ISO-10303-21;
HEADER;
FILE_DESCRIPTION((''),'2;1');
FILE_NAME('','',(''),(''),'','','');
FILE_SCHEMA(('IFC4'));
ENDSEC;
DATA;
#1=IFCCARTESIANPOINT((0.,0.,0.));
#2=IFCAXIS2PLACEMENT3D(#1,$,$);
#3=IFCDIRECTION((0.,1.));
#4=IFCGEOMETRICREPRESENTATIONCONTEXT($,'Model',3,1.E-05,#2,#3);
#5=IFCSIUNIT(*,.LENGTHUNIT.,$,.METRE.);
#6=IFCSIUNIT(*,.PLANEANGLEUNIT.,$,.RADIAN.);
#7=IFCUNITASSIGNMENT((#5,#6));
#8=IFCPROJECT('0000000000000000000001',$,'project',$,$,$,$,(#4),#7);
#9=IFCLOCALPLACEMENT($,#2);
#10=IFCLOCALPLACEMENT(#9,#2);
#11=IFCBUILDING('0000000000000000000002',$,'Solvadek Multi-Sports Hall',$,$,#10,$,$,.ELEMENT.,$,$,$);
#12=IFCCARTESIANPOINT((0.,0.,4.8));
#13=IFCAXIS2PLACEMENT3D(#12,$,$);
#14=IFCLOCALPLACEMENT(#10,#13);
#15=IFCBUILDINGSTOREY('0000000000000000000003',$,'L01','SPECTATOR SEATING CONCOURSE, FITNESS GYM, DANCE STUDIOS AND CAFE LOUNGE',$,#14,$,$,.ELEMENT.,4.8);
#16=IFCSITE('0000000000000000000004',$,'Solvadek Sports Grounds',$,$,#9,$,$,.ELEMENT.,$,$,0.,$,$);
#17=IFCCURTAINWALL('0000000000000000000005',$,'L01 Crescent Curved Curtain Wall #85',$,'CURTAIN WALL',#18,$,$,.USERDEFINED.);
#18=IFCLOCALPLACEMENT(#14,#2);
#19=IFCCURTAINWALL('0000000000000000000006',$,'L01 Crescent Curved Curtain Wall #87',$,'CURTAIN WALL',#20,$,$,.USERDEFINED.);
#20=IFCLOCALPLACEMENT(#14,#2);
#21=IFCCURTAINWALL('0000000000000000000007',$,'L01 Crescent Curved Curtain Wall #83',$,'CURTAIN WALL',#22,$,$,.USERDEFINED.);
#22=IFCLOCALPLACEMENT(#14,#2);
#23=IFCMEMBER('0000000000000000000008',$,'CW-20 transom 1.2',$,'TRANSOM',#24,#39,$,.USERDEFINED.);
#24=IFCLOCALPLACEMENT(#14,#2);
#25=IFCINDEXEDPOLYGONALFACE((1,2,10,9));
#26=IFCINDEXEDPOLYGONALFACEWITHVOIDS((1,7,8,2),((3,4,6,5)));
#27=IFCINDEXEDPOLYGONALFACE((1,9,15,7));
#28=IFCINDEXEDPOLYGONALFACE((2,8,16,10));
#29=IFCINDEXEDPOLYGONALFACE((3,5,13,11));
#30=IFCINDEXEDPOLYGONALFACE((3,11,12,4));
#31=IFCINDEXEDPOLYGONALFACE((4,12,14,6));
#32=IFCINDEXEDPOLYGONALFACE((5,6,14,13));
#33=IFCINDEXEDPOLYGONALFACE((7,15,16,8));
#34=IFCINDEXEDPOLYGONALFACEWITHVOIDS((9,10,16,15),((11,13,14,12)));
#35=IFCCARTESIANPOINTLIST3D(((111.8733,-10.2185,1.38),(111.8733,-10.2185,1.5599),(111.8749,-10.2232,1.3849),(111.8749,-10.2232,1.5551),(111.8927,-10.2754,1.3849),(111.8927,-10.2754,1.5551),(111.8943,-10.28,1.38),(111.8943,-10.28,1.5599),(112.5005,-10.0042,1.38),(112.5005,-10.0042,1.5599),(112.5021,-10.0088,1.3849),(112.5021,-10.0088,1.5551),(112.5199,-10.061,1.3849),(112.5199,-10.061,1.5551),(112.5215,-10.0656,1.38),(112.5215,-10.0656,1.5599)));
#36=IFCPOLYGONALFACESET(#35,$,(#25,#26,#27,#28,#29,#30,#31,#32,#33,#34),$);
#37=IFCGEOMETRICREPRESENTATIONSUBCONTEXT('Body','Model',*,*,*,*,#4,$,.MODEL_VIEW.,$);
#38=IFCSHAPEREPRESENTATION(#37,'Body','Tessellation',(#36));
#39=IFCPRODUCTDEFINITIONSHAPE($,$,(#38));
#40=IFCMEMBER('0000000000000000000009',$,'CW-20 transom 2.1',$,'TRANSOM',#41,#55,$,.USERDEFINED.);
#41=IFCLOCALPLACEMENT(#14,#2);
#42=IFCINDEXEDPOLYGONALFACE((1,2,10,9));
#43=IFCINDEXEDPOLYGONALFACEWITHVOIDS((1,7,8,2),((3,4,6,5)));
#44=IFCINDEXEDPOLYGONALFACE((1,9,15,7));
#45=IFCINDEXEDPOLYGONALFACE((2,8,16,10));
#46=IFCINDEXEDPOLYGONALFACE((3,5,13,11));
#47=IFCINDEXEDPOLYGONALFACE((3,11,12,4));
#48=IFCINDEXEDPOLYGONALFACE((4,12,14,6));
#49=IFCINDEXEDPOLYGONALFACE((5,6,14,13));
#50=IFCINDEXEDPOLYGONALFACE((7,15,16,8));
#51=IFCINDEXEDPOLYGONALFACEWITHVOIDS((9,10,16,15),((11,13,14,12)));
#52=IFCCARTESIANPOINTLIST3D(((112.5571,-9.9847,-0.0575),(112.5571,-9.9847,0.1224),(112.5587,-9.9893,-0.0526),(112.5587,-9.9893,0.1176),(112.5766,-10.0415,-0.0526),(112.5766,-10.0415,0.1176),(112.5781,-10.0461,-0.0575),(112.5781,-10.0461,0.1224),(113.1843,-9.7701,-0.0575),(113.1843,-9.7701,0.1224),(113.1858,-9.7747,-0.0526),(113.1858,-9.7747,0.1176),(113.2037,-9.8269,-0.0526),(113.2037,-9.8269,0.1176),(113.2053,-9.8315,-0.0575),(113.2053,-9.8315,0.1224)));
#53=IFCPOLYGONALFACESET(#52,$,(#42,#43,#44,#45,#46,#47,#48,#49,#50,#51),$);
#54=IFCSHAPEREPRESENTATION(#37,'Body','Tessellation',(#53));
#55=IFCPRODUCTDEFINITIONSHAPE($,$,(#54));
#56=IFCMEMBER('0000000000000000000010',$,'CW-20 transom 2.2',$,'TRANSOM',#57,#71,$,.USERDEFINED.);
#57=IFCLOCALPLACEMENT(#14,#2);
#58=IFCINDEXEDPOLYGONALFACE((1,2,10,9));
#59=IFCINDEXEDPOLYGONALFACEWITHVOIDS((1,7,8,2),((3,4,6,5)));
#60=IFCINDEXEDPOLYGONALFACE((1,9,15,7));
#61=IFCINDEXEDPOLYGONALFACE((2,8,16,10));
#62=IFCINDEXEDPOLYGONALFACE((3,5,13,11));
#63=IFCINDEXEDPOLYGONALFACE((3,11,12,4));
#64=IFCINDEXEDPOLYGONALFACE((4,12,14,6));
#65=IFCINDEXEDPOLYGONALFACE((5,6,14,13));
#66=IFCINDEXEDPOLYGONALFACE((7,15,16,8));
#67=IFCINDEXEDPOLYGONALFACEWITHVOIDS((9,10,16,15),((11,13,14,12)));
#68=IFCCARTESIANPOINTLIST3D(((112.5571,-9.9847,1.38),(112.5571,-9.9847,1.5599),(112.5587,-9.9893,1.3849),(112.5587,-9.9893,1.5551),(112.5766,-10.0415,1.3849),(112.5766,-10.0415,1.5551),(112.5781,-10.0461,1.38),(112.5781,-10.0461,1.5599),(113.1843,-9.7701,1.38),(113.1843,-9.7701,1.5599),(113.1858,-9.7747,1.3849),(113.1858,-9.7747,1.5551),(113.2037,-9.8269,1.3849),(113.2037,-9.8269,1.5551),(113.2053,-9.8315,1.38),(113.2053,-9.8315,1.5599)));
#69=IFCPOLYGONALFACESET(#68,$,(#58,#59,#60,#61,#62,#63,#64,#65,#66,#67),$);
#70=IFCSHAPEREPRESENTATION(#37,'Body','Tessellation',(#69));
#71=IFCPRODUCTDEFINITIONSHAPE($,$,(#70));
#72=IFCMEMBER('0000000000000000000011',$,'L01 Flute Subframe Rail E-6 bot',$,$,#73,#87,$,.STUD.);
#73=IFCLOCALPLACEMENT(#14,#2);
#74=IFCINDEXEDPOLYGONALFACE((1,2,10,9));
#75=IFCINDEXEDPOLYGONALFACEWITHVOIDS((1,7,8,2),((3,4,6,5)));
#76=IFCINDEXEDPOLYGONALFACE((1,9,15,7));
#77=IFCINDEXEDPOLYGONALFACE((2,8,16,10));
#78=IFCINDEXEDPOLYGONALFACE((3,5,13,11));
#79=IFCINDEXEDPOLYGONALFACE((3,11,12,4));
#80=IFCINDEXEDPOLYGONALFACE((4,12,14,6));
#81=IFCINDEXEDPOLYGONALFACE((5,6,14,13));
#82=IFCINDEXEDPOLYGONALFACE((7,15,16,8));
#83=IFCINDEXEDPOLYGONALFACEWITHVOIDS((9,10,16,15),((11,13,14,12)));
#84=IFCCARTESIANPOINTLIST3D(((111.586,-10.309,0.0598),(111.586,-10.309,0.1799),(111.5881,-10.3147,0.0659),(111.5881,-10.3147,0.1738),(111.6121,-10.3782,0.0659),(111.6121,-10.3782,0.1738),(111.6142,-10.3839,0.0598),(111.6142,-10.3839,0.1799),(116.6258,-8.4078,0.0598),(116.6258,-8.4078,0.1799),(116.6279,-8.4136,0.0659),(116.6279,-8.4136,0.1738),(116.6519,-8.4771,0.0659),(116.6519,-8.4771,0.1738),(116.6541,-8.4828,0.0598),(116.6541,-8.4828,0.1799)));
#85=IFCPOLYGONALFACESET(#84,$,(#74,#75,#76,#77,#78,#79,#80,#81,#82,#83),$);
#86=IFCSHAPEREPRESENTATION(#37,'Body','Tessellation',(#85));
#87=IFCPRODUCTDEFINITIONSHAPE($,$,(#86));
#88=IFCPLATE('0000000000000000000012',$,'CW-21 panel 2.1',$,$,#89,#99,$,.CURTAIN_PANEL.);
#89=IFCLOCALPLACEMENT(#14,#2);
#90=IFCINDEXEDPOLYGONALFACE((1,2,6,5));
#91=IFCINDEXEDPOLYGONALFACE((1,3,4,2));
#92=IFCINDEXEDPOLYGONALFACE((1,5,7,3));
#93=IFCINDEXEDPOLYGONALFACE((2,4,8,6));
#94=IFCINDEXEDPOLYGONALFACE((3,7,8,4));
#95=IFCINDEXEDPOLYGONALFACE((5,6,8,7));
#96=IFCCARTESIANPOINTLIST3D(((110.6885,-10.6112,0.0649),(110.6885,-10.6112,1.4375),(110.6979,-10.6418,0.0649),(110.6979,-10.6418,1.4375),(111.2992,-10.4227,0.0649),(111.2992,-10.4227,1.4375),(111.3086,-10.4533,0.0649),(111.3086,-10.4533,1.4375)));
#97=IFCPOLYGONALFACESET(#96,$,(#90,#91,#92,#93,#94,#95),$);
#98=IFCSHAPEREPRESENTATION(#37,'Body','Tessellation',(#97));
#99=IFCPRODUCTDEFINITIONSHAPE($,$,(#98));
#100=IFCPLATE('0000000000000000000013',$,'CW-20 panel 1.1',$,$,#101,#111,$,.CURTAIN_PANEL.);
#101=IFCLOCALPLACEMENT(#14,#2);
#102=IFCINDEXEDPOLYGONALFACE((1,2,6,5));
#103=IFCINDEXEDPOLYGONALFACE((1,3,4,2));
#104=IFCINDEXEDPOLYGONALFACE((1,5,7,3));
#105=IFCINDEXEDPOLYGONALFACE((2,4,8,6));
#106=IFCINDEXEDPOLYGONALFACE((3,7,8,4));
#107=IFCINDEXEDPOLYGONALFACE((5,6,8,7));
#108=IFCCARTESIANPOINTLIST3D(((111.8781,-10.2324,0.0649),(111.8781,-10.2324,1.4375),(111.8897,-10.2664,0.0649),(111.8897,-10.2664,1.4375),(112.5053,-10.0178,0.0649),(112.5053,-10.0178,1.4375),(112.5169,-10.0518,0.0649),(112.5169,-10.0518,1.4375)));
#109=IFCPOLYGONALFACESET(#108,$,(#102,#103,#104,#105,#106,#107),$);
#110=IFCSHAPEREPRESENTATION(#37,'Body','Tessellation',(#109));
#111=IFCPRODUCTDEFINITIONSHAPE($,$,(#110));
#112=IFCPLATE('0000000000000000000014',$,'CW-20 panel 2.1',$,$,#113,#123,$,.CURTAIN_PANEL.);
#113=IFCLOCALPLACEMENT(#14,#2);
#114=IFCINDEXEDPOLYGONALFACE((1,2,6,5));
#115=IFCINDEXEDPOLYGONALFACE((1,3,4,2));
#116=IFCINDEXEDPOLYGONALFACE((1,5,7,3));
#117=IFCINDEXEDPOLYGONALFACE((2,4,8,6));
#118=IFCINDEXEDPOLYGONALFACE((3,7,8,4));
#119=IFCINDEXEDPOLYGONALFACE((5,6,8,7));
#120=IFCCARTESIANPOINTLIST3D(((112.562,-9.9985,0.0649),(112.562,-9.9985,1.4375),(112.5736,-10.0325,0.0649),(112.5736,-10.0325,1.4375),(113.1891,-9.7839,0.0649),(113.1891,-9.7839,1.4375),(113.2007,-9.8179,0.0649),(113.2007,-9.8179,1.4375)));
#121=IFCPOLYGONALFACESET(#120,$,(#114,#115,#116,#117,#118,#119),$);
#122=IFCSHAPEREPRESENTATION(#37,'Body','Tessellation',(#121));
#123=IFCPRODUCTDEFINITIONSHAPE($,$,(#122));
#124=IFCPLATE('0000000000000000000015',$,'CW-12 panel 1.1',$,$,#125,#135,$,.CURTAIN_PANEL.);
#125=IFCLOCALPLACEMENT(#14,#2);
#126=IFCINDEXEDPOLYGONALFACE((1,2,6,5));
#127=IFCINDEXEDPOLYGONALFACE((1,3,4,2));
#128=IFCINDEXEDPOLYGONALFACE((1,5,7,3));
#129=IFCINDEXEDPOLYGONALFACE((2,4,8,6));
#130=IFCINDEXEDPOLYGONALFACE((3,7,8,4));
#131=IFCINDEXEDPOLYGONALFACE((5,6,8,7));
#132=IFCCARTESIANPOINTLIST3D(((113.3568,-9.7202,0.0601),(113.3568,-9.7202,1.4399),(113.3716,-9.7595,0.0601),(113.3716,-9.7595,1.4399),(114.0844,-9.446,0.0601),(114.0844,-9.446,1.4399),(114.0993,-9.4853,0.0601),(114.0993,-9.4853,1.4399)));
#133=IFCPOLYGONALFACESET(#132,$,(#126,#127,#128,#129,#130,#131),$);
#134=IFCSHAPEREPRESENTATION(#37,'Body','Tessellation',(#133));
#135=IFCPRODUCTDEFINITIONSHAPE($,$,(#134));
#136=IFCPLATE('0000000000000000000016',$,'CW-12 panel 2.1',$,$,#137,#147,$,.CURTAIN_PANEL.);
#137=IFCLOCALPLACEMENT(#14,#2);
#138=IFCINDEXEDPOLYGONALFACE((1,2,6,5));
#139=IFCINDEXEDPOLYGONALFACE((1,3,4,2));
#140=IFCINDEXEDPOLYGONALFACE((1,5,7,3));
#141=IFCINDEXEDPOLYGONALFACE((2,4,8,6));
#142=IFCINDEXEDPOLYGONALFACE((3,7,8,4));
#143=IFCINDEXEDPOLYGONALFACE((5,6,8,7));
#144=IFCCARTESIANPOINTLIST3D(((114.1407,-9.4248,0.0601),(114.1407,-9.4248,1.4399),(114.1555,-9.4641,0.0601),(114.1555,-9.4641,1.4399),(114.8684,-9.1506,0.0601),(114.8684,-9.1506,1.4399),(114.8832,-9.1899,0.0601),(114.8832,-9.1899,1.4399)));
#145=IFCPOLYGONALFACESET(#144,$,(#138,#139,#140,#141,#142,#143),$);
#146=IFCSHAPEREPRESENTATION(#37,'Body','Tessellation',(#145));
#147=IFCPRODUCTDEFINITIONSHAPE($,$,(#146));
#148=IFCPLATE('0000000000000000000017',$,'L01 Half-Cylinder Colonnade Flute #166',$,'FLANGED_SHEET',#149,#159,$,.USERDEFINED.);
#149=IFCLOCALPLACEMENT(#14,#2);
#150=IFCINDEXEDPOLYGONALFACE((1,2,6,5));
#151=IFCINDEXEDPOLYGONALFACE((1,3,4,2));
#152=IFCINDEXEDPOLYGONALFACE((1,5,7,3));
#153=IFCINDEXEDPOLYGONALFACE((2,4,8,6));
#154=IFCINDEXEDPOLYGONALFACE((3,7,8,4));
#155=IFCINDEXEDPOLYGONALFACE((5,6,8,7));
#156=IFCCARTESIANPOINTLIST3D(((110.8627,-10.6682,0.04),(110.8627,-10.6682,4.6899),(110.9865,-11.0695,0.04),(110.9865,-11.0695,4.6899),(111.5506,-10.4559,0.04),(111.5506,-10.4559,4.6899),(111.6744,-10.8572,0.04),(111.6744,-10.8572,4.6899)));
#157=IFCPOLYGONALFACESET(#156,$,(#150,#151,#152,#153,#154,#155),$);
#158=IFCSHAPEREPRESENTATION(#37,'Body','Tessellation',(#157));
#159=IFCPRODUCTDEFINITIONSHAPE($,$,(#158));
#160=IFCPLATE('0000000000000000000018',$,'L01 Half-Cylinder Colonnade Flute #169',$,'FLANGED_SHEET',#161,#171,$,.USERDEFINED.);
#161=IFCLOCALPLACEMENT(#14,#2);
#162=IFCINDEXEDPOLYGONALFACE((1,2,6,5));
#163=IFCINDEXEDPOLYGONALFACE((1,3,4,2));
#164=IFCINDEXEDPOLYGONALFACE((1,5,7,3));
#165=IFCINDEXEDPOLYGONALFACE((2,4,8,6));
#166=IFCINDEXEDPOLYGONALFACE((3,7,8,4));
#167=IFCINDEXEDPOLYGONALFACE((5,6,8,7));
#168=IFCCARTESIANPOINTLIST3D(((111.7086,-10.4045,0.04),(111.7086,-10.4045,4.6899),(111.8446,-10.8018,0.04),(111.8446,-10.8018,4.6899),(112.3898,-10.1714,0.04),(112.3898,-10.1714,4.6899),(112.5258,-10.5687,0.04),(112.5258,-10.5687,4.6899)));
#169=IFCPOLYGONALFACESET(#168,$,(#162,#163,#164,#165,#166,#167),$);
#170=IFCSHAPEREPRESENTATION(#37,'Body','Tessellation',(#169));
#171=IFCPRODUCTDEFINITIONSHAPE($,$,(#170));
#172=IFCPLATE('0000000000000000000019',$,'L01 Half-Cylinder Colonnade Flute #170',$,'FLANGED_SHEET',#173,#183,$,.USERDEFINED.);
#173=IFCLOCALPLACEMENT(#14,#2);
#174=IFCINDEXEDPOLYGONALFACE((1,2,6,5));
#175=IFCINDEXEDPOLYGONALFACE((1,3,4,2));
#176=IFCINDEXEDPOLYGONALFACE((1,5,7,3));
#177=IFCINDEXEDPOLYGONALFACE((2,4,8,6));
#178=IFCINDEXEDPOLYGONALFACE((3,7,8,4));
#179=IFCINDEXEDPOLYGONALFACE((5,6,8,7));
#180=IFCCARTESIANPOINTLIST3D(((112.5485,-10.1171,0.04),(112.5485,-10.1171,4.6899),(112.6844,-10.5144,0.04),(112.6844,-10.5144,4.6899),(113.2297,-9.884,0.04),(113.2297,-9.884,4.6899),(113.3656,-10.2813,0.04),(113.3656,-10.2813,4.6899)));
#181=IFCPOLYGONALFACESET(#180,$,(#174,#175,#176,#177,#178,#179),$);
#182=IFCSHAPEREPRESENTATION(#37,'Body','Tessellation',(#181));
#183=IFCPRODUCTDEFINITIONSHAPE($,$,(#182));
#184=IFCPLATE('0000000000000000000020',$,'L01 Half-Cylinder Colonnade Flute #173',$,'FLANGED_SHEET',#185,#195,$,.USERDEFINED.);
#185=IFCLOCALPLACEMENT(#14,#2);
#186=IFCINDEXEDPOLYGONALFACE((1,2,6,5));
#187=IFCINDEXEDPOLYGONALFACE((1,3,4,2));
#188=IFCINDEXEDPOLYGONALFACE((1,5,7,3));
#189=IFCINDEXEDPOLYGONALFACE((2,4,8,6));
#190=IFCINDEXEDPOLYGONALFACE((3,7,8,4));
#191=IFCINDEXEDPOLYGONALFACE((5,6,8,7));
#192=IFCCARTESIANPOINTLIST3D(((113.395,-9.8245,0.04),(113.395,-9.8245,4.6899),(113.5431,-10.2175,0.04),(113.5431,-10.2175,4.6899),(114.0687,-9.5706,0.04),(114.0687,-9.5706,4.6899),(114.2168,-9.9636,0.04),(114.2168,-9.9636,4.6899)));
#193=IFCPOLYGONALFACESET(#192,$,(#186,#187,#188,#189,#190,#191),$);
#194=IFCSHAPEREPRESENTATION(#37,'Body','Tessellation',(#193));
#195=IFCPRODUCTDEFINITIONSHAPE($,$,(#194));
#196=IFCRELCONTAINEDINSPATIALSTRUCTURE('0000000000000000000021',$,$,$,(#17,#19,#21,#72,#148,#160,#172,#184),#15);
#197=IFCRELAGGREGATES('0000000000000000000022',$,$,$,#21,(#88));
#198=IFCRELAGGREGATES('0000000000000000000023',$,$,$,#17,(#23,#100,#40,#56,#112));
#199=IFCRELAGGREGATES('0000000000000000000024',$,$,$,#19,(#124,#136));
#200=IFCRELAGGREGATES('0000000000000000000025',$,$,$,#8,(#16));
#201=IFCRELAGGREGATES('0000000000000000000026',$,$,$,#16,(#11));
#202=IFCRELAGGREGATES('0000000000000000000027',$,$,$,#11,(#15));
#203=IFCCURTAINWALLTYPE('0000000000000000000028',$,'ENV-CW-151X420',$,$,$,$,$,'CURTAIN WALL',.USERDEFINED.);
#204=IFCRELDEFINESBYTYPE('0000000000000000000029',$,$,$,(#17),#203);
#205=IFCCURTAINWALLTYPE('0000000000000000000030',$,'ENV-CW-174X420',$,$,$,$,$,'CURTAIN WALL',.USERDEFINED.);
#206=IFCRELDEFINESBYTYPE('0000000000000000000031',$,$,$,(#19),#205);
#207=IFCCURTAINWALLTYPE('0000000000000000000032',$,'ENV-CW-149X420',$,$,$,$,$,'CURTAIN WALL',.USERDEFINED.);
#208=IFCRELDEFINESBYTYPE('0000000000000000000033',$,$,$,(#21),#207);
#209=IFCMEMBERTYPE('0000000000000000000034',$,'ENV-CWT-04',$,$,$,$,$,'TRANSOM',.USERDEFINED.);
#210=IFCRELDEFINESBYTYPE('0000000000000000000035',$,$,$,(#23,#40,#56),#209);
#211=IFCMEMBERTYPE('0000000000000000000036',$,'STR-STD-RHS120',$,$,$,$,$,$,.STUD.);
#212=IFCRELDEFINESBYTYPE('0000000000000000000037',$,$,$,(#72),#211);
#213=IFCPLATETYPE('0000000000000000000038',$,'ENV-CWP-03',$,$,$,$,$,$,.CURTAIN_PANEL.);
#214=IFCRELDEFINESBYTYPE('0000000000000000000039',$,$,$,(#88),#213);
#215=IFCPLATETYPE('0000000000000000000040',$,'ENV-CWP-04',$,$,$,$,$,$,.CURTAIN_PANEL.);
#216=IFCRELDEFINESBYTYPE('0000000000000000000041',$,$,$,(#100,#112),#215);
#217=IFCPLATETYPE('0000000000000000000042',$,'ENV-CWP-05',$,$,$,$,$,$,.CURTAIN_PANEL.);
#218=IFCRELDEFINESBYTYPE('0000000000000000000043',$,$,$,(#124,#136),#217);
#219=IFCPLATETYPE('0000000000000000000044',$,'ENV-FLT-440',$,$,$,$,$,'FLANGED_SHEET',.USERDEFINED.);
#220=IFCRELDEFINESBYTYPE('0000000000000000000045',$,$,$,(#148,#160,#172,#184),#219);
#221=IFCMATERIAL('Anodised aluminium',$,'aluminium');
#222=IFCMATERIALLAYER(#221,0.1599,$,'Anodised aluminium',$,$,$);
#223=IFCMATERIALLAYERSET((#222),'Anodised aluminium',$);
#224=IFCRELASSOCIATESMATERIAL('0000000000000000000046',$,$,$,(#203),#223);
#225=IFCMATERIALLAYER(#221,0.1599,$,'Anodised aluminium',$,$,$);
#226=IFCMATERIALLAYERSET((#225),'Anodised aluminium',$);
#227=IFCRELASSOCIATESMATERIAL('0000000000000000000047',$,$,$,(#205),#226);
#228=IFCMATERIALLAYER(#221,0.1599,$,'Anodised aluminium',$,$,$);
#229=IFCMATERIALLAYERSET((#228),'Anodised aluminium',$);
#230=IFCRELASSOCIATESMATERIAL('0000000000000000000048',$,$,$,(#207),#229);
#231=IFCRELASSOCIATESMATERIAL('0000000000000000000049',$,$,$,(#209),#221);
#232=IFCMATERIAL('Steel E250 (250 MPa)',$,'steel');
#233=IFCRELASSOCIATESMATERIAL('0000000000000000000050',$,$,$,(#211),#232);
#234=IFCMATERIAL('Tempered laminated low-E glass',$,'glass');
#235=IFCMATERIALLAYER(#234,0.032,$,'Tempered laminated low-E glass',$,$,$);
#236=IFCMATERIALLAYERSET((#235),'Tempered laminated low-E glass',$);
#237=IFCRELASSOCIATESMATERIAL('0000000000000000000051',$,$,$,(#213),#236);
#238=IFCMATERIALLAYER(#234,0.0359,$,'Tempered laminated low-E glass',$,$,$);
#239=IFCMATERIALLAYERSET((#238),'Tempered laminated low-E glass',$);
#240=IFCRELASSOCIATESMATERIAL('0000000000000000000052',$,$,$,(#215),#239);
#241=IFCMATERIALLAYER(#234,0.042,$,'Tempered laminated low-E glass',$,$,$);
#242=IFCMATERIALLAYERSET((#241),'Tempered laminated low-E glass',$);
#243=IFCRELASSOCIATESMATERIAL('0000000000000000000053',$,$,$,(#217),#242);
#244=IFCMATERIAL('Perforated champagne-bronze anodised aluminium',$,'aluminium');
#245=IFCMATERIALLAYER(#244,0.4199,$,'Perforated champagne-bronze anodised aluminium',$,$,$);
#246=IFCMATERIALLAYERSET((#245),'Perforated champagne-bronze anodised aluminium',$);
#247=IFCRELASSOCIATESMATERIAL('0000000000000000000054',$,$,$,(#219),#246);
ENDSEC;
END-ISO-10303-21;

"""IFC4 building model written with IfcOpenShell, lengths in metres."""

from ifc_helpers import new_model, si_unit, direction, frame, origin, origin_2d, place, context, subcontext, project, spatial, rectangle, hollow_rectangle, extrude, material, layer, layer_set, material_profile, profile_set, type_object, element, aggregate, save


model = new_model("IFC4")

# Units and contexts
model_context = context("Model", 3, precision=1e-05, world=origin(), true_north=direction((0.0, 1.0)))
body_context = subcontext(model_context, "Body", "Model", "MODEL_VIEW")
ifc_project = project(units=[si_unit("LENGTHUNIT", "METRE"), si_unit("PLANEANGLEUNIT", "RADIAN")], contexts=[model_context])

# Site, building, storey
site_placement = place(None, origin())
site = spatial("IfcSite", under=ifc_project, at=site_placement, Name="Solvadek Sports Grounds", CompositionType="ELEMENT", RefElevation=0.0)
building_placement = place(site_placement, origin())
building = spatial("IfcBuilding", under=site, at=building_placement, Name="Solvadek Multi-Sports Hall", CompositionType="ELEMENT")
storey_placement = place(building_placement, frame((0.0, 0.0, 4.8)))
storey = spatial("IfcBuildingStorey", under=building, at=storey_placement, Name="L01", Description="SPECTATOR SEATING CONCOURSE, FITNESS GYM, DANCE STUDIOS AND CAFE LOUNGE", CompositionType="ELEMENT", Elevation=4.8)

# Curtain walls
ifc_material_1 = material(Name="Anodised aluminium", Category="aluminium")
ifc_layer_1 = layer(ifc_material_1, 0.1599, Name="Anodised aluminium")
ifc_layer_set_1 = layer_set([ifc_layer_1], Name="Anodised aluminium")
curtain_wall_type_1 = type_object("IfcCurtainWallType", Name="ENV-CW-151X420", ElementType="CURTAIN WALL", PredefinedType="USERDEFINED", material=ifc_layer_set_1)
curtain_wall_1_placement = place(storey_placement, origin())
curtain_wall_1 = element("IfcCurtainWall", 1, at=curtain_wall_1_placement, inside=storey, type_object=curtain_wall_type_1, Name="L01 Crescent Curved Curtain Wall #85", ObjectType="CURTAIN WALL", PredefinedType="USERDEFINED")
ifc_layer_2 = layer(ifc_material_1, 0.1599, Name="Anodised aluminium")
ifc_layer_set_2 = layer_set([ifc_layer_2], Name="Anodised aluminium")
curtain_wall_type_2 = type_object("IfcCurtainWallType", Name="ENV-CW-174X420", ElementType="CURTAIN WALL", PredefinedType="USERDEFINED", material=ifc_layer_set_2)
curtain_wall_2_placement = place(storey_placement, origin())
curtain_wall_2 = element("IfcCurtainWall", 2, at=curtain_wall_2_placement, inside=storey, type_object=curtain_wall_type_2, Name="L01 Crescent Curved Curtain Wall #87", ObjectType="CURTAIN WALL", PredefinedType="USERDEFINED")

# Curtain wall
ifc_layer_3 = layer(ifc_material_1, 0.1599, Name="Anodised aluminium")
ifc_layer_set_3 = layer_set([ifc_layer_3], Name="Anodised aluminium")
curtain_wall_type_3 = type_object("IfcCurtainWallType", Name="ENV-CW-149X420", ElementType="CURTAIN WALL", PredefinedType="USERDEFINED", material=ifc_layer_set_3)
curtain_wall_3_placement = place(storey_placement, origin())
curtain_wall_3 = element("IfcCurtainWall", 3, at=curtain_wall_3_placement, inside=storey, type_object=curtain_wall_type_3, Name="L01 Crescent Curved Curtain Wall #83", ObjectType="CURTAIN WALL", PredefinedType="USERDEFINED")

# Members
ifc_material_profile_1 = material_profile(ifc_material_1, hollow_rectangle(XDim=0.0649, YDim=0.1799, WallThickness=0.0049, at=origin_2d()), Name="ALU-T 180x65x5")
ifc_profile_set_1 = profile_set([ifc_material_profile_1], Name="Anodised aluminium")
member_type_1 = type_object("IfcMemberType", Name="ENV-CWT-04", ElementType="TRANSOM", PredefinedType="USERDEFINED", material=ifc_profile_set_1)
member_1_placement = place(storey_placement, frame((111.8838, -10.2493, 1.47), z_axis=(0.946262, 0.323401, 0.0), x_axis=(-0.323401, 0.946262, 0.0)))
member_1 = element("IfcMember", 4, at=member_1_placement, type_object=member_type_1, Name="CW-20 transom 1.2", ObjectType="TRANSOM", PredefinedType="USERDEFINED", context=body_context, shape_type="SweptSolid", body=[
    extrude(hollow_rectangle(XDim=0.0649, YDim=0.1799, WallThickness=0.0049, at=origin_2d()), origin(), (0.0, 0.0, 1.0), 0.6628),
])
member_2_placement = place(storey_placement, frame((112.5676, -10.0154, 0.0325), z_axis=(0.946149, 0.323731, 0.0), x_axis=(-0.323731, 0.946149, 0.0)))
member_2 = element("IfcMember", 5, at=member_2_placement, type_object=member_type_1, Name="CW-20 transom 2.1", ObjectType="TRANSOM", PredefinedType="USERDEFINED", context=body_context, shape_type="SweptSolid", body=[
    extrude(hollow_rectangle(XDim=0.0649, YDim=0.1799, WallThickness=0.0049, at=origin_2d()), origin(), (0.0, 0.0, 1.0), 0.6628),
])
member_3_placement = place(storey_placement, frame((112.5676, -10.0154, 1.47), z_axis=(0.946149, 0.323731, 0.0), x_axis=(-0.323731, 0.946149, 0.0)))
member_3 = element("IfcMember", 6, at=member_3_placement, type_object=member_type_1, Name="CW-20 transom 2.2", ObjectType="TRANSOM", PredefinedType="USERDEFINED", context=body_context, shape_type="SweptSolid", body=[
    extrude(hollow_rectangle(XDim=0.0649, YDim=0.1799, WallThickness=0.0049, at=origin_2d()), origin(), (0.0, 0.0, 1.0), 0.6628),
])
ifc_material_2 = material(Name="Steel E250 (250 MPa)", Category="steel")
ifc_material_profile_2 = material_profile(ifc_material_2, hollow_rectangle(XDim=0.0801, YDim=0.1201, WallThickness=0.0061, at=origin_2d()), Name="RHS 120x80x6")
ifc_profile_set_2 = profile_set([ifc_material_profile_2], Name="Steel E250 (250 MPa)")
member_type_2 = type_object("IfcMemberType", Name="STR-STD-RHS120", PredefinedType="STUD", material=ifc_profile_set_2)
member_4_placement = place(storey_placement, frame((111.6001, -10.3464, 0.1199), z_axis=(0.935644, 0.352946, 0.0), x_axis=(-0.352946, 0.935644, 0.0)))
element("IfcMember", 7, at=member_4_placement, inside=storey, type_object=member_type_2, Name="L01 Flute Subframe Rail E-6 bot", PredefinedType="STUD", context=body_context, shape_type="SweptSolid", body=[
    extrude(hollow_rectangle(XDim=0.0801, YDim=0.1201, WallThickness=0.0061, at=origin_2d()), origin(), (0.0, 0.0, 1.0), 5.3865),
])

# Plates
ifc_material_3 = material(Name="Tempered laminated low-E glass", Category="glass")
ifc_layer_4 = layer(ifc_material_3, 0.032, Name="Tempered laminated low-E glass")
ifc_layer_set_4 = layer_set([ifc_layer_4], Name="Tempered laminated low-E glass")
plate_type_1 = type_object("IfcPlateType", Name="ENV-CWP-03", PredefinedType="CURTAIN_PANEL", material=ifc_layer_set_4)
plate_1_placement = place(storey_placement, frame((110.9985, -10.5322, 0.0649), z_axis=(0.0, 0.0, 1.0), x_axis=(0.955521, 0.294922, 0.0)))
plate_1 = element("IfcPlate", 8, at=plate_1_placement, type_object=plate_type_1, Name="CW-21 panel 2.1", PredefinedType="CURTAIN_PANEL", context=body_context, shape_type="SweptSolid", body=[
    extrude(rectangle(XDim=0.6392, YDim=0.032, at=origin_2d()), origin(), (0.0, 0.0, 1.0), 1.3726),
])
aggregate(curtain_wall_3, [plate_1])
ifc_layer_5 = layer(ifc_material_3, 0.0359, Name="Tempered laminated low-E glass")
ifc_layer_set_5 = layer_set([ifc_layer_5], Name="Tempered laminated low-E glass")
plate_type_2 = type_object("IfcPlateType", Name="ENV-CWP-04", PredefinedType="CURTAIN_PANEL", material=ifc_layer_set_5)
plate_2_placement = place(storey_placement, frame((112.1975, -10.1421, 0.0649), z_axis=(0.0, 0.0, 1.0), x_axis=(0.94615, 0.32373, 0.0)))
plate_2 = element("IfcPlate", 9, at=plate_2_placement, type_object=plate_type_2, Name="CW-20 panel 1.1", PredefinedType="CURTAIN_PANEL", context=body_context, shape_type="SweptSolid", body=[
    extrude(rectangle(XDim=0.6628, YDim=0.0359, at=origin_2d()), origin(), (0.0, 0.0, 1.0), 1.3726),
])
plate_3_placement = place(storey_placement, frame((112.8813, -9.9082, 0.0649), z_axis=(0.0, 0.0, 1.0), x_axis=(0.94615, 0.32373, 0.0)))
plate_3 = element("IfcPlate", 10, at=plate_3_placement, type_object=plate_type_2, Name="CW-20 panel 2.1", PredefinedType="CURTAIN_PANEL", context=body_context, shape_type="SweptSolid", body=[
    extrude(rectangle(XDim=0.6628, YDim=0.0359, at=origin_2d()), origin(), (0.0, 0.0, 1.0), 1.3726),
])
aggregate(curtain_wall_1, [member_1, plate_2, member_2, member_3, plate_3])
ifc_layer_6 = layer(ifc_material_3, 0.042, Name="Tempered laminated low-E glass")
ifc_layer_set_6 = layer_set([ifc_layer_6], Name="Tempered laminated low-E glass")
plate_type_3 = type_object("IfcPlateType", Name="ENV-CWP-05", PredefinedType="CURTAIN_PANEL", material=ifc_layer_set_6)
plate_4_placement = place(storey_placement, frame((113.728, -9.6028, 0.0601), z_axis=(0.0, 0.0, 1.0), x_axis=(0.935764, 0.352626, 0.0)))
plate_4 = element("IfcPlate", 11, at=plate_4_placement, type_object=plate_type_3, Name="CW-12 panel 1.1", PredefinedType="CURTAIN_PANEL", context=body_context, shape_type="SweptSolid", body=[
    extrude(rectangle(XDim=0.7776, YDim=0.042, at=origin_2d()), origin(), (0.0, 0.0, 1.0), 1.3799),
])
plate_5_placement = place(storey_placement, frame((114.512, -9.3074, 0.0601), z_axis=(0.0, 0.0, 1.0), x_axis=(0.935764, 0.352626, 0.0)))
plate_5 = element("IfcPlate", 12, at=plate_5_placement, type_object=plate_type_3, Name="CW-12 panel 2.1", PredefinedType="CURTAIN_PANEL", context=body_context, shape_type="SweptSolid", body=[
    extrude(rectangle(XDim=0.7776, YDim=0.042, at=origin_2d()), origin(), (0.0, 0.0, 1.0), 1.3799),
])
aggregate(curtain_wall_2, [plate_4, plate_5])

# Plates
ifc_material_4 = material(Name="Perforated champagne-bronze anodised aluminium", Category="aluminium")
ifc_layer_7 = layer(ifc_material_4, 0.4199, Name="Perforated champagne-bronze anodised aluminium")
ifc_layer_set_7 = layer_set([ifc_layer_7], Name="Perforated champagne-bronze anodised aluminium")
plate_type_4 = type_object("IfcPlateType", Name="ENV-FLT-440", ElementType="FLANGED_SHEET", PredefinedType="USERDEFINED", material=ifc_layer_set_7)
for number, where, z_axis, x_axis, name in (
    (13, (111.2686, -10.7627, 0.04), (0.0, 0.0, 1.0), (0.955527, 0.294905, 0.0), "L01 Half-Cylinder Colonnade Flute #166"),
    (14, (112.1172, -10.4866, 0.04), (0.0, 0.0, 1.0), (0.946153, 0.32372, 0.0), "L01 Half-Cylinder Colonnade Flute #169"),
    (15, (112.957, -10.1992, 0.04), (0.0, 0.0, 1.0), (0.946153, 0.32372, 0.0), "L01 Half-Cylinder Colonnade Flute #170"),
    (16, (113.8059, -9.894, 0.04), (0.0, 0.0, 1.0), (0.93576, 0.352637, 0.0), "L01 Half-Cylinder Colonnade Flute #173"),
):
    element("IfcPlate", number, at=place(storey_placement, frame(where, z_axis=z_axis, x_axis=x_axis)), inside=storey, type_object=plate_type_4, Name=name, ObjectType="FLANGED_SHEET", PredefinedType="USERDEFINED", context=body_context, shape_type="SweptSolid", body=[
        extrude(rectangle(XDim=0.72, YDim=0.4199, at=origin_2d()), origin(), (0.0, 0.0, 1.0), 4.6499),
    ])

save(model, "model.ifc")
